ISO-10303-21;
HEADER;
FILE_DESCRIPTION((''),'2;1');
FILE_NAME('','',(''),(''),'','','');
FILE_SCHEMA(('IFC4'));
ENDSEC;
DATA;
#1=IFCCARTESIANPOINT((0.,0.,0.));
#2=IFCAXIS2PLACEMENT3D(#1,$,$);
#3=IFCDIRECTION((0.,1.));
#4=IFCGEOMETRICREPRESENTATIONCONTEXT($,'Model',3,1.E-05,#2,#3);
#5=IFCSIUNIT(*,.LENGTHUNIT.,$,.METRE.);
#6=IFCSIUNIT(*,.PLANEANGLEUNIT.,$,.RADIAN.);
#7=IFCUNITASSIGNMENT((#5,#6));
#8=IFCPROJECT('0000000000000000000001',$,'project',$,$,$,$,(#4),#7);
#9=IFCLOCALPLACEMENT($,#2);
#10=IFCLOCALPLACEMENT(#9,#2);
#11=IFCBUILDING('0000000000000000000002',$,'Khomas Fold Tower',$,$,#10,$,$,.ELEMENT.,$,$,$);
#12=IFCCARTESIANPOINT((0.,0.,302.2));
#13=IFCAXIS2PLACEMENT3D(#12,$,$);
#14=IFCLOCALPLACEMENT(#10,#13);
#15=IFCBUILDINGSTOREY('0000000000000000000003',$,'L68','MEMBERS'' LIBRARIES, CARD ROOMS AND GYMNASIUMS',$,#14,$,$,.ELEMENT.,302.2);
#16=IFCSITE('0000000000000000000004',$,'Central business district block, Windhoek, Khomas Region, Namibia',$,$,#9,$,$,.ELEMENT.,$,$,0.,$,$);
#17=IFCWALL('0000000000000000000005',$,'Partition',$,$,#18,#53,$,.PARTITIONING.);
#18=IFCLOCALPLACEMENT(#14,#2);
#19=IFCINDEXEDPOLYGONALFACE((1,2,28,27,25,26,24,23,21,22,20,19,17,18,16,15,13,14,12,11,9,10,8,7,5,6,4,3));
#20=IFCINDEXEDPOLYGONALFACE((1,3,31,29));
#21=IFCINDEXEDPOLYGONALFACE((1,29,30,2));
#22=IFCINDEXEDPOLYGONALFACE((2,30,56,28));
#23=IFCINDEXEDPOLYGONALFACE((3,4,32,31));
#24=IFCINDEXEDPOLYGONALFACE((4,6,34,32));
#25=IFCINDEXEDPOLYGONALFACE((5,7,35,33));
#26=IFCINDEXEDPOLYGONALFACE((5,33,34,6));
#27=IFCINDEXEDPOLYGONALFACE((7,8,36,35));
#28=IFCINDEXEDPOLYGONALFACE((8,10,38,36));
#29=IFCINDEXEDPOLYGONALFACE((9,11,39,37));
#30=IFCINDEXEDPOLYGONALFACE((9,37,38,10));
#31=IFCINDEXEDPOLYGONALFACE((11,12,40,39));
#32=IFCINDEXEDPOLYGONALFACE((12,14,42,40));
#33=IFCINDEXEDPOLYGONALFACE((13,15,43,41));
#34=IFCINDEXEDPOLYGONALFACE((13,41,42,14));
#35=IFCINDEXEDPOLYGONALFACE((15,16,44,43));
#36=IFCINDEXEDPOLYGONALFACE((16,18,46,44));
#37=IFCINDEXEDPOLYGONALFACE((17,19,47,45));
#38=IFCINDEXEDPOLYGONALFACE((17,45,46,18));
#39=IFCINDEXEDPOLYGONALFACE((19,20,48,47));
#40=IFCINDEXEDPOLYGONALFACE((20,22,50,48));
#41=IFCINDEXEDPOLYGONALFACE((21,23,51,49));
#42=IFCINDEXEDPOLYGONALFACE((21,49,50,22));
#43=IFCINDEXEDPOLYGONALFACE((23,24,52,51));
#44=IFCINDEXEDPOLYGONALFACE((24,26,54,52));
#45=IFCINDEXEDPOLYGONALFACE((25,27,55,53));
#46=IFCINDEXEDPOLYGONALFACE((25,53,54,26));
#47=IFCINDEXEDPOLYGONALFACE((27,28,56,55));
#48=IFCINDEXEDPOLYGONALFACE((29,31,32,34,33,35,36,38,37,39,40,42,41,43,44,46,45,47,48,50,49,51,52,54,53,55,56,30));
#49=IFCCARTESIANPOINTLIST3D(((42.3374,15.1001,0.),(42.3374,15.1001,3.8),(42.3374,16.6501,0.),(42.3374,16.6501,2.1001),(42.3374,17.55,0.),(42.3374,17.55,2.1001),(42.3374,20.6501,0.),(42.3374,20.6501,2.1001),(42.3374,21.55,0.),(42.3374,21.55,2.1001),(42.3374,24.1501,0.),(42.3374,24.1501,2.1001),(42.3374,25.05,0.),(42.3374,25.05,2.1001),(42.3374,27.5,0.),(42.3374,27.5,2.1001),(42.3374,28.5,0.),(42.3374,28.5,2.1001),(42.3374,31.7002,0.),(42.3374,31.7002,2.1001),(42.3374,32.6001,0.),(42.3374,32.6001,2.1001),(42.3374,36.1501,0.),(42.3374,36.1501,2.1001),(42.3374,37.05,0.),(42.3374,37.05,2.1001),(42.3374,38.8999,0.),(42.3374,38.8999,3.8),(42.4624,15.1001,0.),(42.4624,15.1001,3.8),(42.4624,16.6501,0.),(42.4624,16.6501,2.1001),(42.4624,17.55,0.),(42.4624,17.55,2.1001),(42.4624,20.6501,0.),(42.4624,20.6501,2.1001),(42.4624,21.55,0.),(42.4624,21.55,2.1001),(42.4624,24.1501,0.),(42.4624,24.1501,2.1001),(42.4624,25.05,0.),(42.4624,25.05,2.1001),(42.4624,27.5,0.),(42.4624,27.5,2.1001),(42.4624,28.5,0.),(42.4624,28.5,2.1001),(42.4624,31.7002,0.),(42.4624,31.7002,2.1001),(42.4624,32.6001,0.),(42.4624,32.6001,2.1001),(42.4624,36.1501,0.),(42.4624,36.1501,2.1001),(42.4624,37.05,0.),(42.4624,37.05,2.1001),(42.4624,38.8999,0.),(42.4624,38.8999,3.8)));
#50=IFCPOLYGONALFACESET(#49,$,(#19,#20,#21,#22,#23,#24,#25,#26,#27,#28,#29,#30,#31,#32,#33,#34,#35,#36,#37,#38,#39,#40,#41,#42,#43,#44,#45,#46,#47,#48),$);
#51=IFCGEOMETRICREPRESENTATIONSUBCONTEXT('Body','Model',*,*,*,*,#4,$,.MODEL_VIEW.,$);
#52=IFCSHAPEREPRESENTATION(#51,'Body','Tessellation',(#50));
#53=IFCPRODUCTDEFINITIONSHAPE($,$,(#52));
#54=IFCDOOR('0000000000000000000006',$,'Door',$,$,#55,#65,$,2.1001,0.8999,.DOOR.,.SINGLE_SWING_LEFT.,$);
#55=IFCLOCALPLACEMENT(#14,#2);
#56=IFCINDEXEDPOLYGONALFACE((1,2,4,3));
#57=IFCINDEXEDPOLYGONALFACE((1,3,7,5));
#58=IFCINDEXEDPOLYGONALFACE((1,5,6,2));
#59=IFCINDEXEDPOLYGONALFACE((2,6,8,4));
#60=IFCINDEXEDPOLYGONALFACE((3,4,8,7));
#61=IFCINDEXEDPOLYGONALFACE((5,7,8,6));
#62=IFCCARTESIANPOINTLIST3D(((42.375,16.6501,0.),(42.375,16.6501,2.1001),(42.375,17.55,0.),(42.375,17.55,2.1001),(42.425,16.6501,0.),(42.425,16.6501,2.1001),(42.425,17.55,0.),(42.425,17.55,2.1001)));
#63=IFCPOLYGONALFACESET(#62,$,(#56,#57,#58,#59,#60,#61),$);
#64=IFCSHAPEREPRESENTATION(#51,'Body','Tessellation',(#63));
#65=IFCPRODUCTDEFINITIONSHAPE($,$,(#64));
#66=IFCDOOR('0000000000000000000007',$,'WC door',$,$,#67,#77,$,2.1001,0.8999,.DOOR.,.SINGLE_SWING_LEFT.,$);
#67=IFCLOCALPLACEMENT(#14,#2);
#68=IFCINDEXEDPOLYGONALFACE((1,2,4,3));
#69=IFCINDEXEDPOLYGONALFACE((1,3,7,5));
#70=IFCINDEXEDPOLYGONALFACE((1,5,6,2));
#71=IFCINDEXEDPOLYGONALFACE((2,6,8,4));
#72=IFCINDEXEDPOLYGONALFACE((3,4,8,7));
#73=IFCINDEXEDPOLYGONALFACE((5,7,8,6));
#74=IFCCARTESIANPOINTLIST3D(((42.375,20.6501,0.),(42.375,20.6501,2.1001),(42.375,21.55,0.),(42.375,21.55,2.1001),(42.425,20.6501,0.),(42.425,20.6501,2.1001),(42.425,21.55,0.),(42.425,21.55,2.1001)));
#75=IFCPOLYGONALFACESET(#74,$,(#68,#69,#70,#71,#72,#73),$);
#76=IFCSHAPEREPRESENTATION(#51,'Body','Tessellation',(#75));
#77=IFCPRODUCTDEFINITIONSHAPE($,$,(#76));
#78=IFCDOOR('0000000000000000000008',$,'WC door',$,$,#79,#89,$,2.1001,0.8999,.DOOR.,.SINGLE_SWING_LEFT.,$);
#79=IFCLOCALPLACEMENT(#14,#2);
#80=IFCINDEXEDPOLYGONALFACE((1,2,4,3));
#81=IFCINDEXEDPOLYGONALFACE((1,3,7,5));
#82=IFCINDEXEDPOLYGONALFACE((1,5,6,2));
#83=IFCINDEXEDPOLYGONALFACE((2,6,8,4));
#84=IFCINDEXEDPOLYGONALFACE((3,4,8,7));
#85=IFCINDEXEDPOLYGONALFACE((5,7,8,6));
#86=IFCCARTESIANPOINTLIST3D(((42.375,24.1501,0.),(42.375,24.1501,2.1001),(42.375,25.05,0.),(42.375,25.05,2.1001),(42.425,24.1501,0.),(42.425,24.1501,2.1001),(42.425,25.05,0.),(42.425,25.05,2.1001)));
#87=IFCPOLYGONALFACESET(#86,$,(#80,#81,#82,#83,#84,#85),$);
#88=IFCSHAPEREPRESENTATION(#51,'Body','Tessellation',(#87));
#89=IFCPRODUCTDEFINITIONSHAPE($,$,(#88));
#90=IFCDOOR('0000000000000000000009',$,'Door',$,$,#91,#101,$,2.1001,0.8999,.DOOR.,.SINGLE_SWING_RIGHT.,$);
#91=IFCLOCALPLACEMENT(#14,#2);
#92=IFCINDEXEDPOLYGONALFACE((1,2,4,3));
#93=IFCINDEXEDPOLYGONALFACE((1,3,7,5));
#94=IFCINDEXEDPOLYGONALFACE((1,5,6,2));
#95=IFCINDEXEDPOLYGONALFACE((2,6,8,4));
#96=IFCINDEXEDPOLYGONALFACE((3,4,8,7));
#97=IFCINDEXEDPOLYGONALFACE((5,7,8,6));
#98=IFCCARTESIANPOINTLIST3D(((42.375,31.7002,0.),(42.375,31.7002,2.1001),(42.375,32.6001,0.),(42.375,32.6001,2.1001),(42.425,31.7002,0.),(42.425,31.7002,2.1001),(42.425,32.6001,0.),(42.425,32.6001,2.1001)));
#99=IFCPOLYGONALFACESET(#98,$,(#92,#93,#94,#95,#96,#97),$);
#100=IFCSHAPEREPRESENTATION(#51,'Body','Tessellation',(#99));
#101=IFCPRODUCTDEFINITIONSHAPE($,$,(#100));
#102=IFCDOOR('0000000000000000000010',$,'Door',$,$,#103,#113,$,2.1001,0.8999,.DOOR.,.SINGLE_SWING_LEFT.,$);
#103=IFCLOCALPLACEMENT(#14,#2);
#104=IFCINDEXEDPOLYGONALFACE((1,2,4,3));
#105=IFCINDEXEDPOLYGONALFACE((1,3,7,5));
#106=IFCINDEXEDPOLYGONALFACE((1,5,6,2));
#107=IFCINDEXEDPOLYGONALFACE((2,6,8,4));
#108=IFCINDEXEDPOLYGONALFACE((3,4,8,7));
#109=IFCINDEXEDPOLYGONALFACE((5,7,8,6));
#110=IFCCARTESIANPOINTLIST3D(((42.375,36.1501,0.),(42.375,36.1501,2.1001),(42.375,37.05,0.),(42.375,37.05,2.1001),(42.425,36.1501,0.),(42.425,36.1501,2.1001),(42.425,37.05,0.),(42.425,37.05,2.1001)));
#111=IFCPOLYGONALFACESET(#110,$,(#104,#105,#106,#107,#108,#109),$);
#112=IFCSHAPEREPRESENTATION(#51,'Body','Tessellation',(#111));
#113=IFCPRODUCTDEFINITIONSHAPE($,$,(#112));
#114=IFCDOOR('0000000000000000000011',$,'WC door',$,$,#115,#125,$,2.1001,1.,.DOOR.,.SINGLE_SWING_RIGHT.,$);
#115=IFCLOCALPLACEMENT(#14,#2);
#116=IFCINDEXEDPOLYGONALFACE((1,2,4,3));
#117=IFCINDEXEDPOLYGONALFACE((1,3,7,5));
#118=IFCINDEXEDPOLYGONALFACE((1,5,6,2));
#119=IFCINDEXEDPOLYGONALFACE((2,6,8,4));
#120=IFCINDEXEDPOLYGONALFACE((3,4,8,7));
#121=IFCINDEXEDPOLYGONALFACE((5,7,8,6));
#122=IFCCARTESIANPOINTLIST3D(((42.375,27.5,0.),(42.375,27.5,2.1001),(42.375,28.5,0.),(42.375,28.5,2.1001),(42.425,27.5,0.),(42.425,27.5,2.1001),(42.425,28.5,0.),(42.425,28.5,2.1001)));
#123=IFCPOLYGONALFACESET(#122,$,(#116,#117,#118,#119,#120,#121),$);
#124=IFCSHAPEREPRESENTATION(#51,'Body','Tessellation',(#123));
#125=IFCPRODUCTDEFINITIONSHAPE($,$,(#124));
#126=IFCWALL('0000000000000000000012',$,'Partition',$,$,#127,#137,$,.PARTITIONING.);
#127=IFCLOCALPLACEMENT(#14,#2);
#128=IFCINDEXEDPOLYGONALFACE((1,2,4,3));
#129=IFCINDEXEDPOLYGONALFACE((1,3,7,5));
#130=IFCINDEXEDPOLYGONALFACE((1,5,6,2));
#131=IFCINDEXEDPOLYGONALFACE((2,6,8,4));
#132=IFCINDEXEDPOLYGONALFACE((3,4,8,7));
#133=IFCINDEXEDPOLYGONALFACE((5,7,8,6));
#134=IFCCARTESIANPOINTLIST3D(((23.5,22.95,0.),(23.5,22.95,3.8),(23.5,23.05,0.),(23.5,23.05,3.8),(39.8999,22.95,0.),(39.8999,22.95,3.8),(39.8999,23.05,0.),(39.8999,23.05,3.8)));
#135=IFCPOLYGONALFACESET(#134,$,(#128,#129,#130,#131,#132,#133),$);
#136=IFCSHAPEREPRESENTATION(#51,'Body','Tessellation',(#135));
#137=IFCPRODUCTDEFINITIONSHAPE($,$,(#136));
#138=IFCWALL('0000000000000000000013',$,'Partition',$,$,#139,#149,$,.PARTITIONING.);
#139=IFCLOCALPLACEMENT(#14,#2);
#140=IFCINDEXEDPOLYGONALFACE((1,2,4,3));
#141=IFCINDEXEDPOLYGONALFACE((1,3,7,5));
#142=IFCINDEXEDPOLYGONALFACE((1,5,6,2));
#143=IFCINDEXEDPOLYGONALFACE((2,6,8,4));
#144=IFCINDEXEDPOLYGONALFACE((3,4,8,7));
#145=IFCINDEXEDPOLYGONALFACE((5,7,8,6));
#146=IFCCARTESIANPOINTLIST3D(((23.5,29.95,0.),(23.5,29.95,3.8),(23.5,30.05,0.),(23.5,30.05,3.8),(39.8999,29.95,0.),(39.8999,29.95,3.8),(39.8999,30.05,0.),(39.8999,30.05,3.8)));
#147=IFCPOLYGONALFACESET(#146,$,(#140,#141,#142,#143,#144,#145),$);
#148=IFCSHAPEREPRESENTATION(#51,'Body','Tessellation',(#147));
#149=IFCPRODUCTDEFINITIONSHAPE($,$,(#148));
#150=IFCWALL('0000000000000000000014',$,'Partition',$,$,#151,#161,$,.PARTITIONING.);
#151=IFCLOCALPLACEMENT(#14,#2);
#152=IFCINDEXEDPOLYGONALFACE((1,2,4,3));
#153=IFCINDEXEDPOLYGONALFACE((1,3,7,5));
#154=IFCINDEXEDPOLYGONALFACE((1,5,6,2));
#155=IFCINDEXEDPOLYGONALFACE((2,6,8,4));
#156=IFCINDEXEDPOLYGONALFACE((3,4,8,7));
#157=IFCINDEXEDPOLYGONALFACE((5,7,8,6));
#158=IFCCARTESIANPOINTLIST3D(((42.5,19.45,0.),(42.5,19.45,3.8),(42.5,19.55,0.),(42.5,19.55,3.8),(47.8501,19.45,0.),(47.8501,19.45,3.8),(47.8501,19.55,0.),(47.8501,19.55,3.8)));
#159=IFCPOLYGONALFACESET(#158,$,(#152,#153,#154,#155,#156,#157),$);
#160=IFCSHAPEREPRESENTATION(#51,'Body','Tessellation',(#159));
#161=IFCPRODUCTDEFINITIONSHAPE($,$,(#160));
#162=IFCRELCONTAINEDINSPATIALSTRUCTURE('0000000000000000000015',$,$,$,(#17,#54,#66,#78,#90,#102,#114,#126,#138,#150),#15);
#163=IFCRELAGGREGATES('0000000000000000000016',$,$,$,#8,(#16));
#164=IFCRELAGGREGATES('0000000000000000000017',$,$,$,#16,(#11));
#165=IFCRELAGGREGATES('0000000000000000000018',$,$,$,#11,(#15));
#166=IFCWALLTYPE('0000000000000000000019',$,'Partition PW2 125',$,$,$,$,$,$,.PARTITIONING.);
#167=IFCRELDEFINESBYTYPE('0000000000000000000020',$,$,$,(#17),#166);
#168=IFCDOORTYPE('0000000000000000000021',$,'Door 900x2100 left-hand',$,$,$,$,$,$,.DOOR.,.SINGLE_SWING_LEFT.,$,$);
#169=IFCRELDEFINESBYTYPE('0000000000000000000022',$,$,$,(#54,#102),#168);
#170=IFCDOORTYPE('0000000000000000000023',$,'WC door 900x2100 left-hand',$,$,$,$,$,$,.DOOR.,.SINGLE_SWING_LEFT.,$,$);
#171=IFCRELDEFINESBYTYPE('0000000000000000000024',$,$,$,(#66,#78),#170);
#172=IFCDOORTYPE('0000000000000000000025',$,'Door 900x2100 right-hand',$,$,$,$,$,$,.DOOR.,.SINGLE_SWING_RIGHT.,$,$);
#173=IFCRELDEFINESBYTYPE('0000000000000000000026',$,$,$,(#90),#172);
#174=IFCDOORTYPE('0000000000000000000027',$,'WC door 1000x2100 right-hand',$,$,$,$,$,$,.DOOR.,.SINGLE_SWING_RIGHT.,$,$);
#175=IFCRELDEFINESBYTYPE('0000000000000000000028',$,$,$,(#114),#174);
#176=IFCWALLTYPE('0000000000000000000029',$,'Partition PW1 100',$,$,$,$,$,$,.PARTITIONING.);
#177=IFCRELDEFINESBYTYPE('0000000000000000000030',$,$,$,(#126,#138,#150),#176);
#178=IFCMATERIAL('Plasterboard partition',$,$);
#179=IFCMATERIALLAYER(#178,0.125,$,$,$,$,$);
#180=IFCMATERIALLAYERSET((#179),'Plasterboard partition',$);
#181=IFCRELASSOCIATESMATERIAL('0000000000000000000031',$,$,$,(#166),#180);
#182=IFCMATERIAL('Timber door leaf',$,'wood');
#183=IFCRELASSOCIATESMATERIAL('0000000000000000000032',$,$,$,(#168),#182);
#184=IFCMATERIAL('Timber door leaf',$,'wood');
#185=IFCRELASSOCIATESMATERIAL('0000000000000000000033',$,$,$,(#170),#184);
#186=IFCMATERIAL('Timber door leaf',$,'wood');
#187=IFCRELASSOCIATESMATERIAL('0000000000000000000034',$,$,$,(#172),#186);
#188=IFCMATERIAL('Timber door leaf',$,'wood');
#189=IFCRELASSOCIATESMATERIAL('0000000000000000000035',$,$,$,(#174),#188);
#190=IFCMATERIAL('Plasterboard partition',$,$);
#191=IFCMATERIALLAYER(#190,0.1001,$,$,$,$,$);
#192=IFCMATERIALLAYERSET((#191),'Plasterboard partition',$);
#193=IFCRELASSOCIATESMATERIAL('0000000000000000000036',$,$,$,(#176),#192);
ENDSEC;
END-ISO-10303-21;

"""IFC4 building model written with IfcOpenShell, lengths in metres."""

from ifc_helpers import new_model, si_unit, direction, frame, frame_2d, origin, place, context, subcontext, project, spatial, rectangle, extrude, source, transform, mapped, material, layer, layer_set, type_object, element, fill, save


model = new_model("IFC4")

# Units and contexts
model_context = context("Model", 3, precision=1e-05, world=origin(), true_north=direction((0.0, 1.0)))
body_context = subcontext(model_context, "Body", "Model", "MODEL_VIEW")
ifc_project = project(units=[si_unit("LENGTHUNIT", "METRE"), si_unit("PLANEANGLEUNIT", "RADIAN")], contexts=[model_context])

# Site, building, storey
site_placement = place(None, origin())
site = spatial("IfcSite", under=ifc_project, at=site_placement, Name="Central business district block, Windhoek, Khomas Region, Namibia", CompositionType="ELEMENT", RefElevation=0.0)
building_placement = place(site_placement, origin())
building = spatial("IfcBuilding", under=site, at=building_placement, Name="Khomas Fold Tower", CompositionType="ELEMENT")
storey_placement = place(building_placement, frame((0.0, 0.0, 302.2)))
storey = spatial("IfcBuildingStorey", under=building, at=storey_placement, Name="L68", Description="MEMBERS' LIBRARIES, CARD ROOMS AND GYMNASIUMS", CompositionType="ELEMENT", Elevation=302.2)

# Shared definitions
ifc_material_1 = material(Name="Plasterboard partition")
ifc_layer_1 = layer(ifc_material_1, 0.125)
ifc_layer_set_1 = layer_set([ifc_layer_1], Name="Plasterboard partition")
wall_type_1 = type_object("IfcWallType", Name="Partition PW2 125", PredefinedType="PARTITIONING", material=ifc_layer_set_1)
shared_shape_1 = source(origin(), body_context, "Body", "SweptSolid", [
    extrude(rectangle(XDim=0.8999, YDim=2.1001, at=frame_2d((0.45, 1.05))), frame((0.0, 0.0725, 0.0), z_axis=(0.0, -1.0, 0.0), x_axis=(1.0, 0.0, 0.0)), (0.0, 0.0, 1.0), 0.145),
])
ifc_material_2 = material(Name="Timber door leaf", Category="wood")
door_type_1 = type_object("IfcDoorType", Name="Door 900x2100 left-hand", OperationType="SINGLE_SWING_LEFT", PredefinedType="DOOR", material=ifc_material_2)
shared_shape_2 = source(origin(), body_context, "Body", "SweptSolid", [
    extrude(rectangle(XDim=0.8999, YDim=2.1001, at=frame_2d((0.45, 1.05))), frame((0.0, 0.0249, 0.0), z_axis=(0.0, -1.0, 0.0), x_axis=(1.0, 0.0, 0.0)), (0.0, 0.0, 1.0), 0.05),
])

# Wall, openings, doors
shared_shape_3 = source(origin(), body_context, "Body", "SweptSolid", [
    extrude(rectangle(XDim=23.7998, YDim=0.125, at=frame_2d((11.8999, 0.0))), origin(), (0.0, 0.0, 1.0), 3.8),
])
wall_1_placement = place(storey_placement, frame((42.3999, 15.1001, 0.0), z_axis=(0.0, 0.0, 1.0), x_axis=(0.0, 1.0, 0.0)))
wall_1 = element("IfcWall", 1, at=wall_1_placement, inside=storey, type_object=wall_type_1, Name="Partition", PredefinedType="PARTITIONING", context=body_context, shape_type="MappedRepresentation", body=[
    mapped(shared_shape_3, transform((0.0, 0.0, 0.0))),
])
opening_1_placement = place(wall_1_placement, frame((1.55, 0.0, 0.0)))
opening_1 = element("IfcOpeningElement", 2, at=opening_1_placement, cuts=wall_1, PredefinedType="OPENING", context=body_context, shape_type="MappedRepresentation", body=[
    mapped(shared_shape_1, transform((0.0, 0.0, 0.0))),
])
opening_2_placement = place(wall_1_placement, frame((5.55, 0.0, 0.0)))
opening_2 = element("IfcOpeningElement", 3, at=opening_2_placement, cuts=wall_1, PredefinedType="OPENING", context=body_context, shape_type="MappedRepresentation", body=[
    mapped(shared_shape_1, transform((0.0, 0.0, 0.0))),
])
opening_3_placement = place(wall_1_placement, frame((9.05, 0.0, 0.0)))
opening_3 = element("IfcOpeningElement", 4, at=opening_3_placement, cuts=wall_1, PredefinedType="OPENING", context=body_context, shape_type="MappedRepresentation", body=[
    mapped(shared_shape_1, transform((0.0, 0.0, 0.0))),
])
shared_shape_4 = source(origin(), body_context, "Body", "SweptSolid", [
    extrude(rectangle(XDim=1.0, YDim=2.1001, at=frame_2d((0.5, 1.05))), frame((0.0, 0.0725, 0.0), z_axis=(0.0, -1.0, 0.0), x_axis=(1.0, 0.0, 0.0)), (0.0, 0.0, 1.0), 0.145),
])
opening_4_placement = place(wall_1_placement, frame((12.3999, 0.0, 0.0)))
opening_4 = element("IfcOpeningElement", 5, at=opening_4_placement, cuts=wall_1, PredefinedType="OPENING", context=body_context, shape_type="MappedRepresentation", body=[
    mapped(shared_shape_4, transform((0.0, 0.0, 0.0))),
])
opening_5_placement = place(wall_1_placement, frame((16.6001, 0.0, 0.0)))
opening_5 = element("IfcOpeningElement", 6, at=opening_5_placement, cuts=wall_1, PredefinedType="OPENING", context=body_context, shape_type="MappedRepresentation", body=[
    mapped(shared_shape_1, transform((0.0, 0.0, 0.0))),
])
opening_6_placement = place(wall_1_placement, frame((21.05, 0.0, 0.0)))
opening_6 = element("IfcOpeningElement", 7, at=opening_6_placement, cuts=wall_1, PredefinedType="OPENING", context=body_context, shape_type="MappedRepresentation", body=[
    mapped(shared_shape_1, transform((0.0, 0.0, 0.0))),
])
door_1_placement = place(opening_1_placement, origin())
door_1 = element("IfcDoor", 8, at=door_1_placement, inside=storey, type_object=door_type_1, Name="Door", OperationType="SINGLE_SWING_LEFT", OverallHeight=2.1001, OverallWidth=0.8999, PredefinedType="DOOR", context=body_context, shape_type="MappedRepresentation", body=[
    mapped(shared_shape_2, transform((0.0, 0.0, 0.0))),
])
fill(opening_1, door_1)
ifc_material_3 = material(Name="Timber door leaf", Category="wood")
door_type_2 = type_object("IfcDoorType", Name="WC door 900x2100 left-hand", OperationType="SINGLE_SWING_LEFT", PredefinedType="DOOR", material=ifc_material_3)
door_2_placement = place(opening_2_placement, origin())
door_2 = element("IfcDoor", 9, at=door_2_placement, inside=storey, type_object=door_type_2, Name="WC door", OperationType="SINGLE_SWING_LEFT", OverallHeight=2.1001, OverallWidth=0.8999, PredefinedType="DOOR", context=body_context, shape_type="MappedRepresentation", body=[
    mapped(shared_shape_2, transform((0.0, 0.0, 0.0))),
])
fill(opening_2, door_2)
door_3_placement = place(opening_3_placement, origin())
door_3 = element("IfcDoor", 10, at=door_3_placement, inside=storey, type_object=door_type_2, Name="WC door", OperationType="SINGLE_SWING_LEFT", OverallHeight=2.1001, OverallWidth=0.8999, PredefinedType="DOOR", context=body_context, shape_type="MappedRepresentation", body=[
    mapped(shared_shape_2, transform((0.0, 0.0, 0.0))),
])
fill(opening_3, door_3)
ifc_material_4 = material(Name="Timber door leaf", Category="wood")
door_type_3 = type_object("IfcDoorType", Name="Door 900x2100 right-hand", OperationType="SINGLE_SWING_RIGHT", PredefinedType="DOOR", material=ifc_material_4)
door_4_placement = place(opening_5_placement, origin())
door_4 = element("IfcDoor", 11, at=door_4_placement, inside=storey, type_object=door_type_3, Name="Door", OperationType="SINGLE_SWING_RIGHT", OverallHeight=2.1001, OverallWidth=0.8999, PredefinedType="DOOR", context=body_context, shape_type="MappedRepresentation", body=[
    mapped(shared_shape_2, transform((0.0, 0.0, 0.0))),
])
fill(opening_5, door_4)
door_5_placement = place(opening_6_placement, origin())
door_5 = element("IfcDoor", 12, at=door_5_placement, inside=storey, type_object=door_type_1, Name="Door", OperationType="SINGLE_SWING_LEFT", OverallHeight=2.1001, OverallWidth=0.8999, PredefinedType="DOOR", context=body_context, shape_type="MappedRepresentation", body=[
    mapped(shared_shape_2, transform((0.0, 0.0, 0.0))),
])
fill(opening_6, door_5)
ifc_material_5 = material(Name="Timber door leaf", Category="wood")
door_type_4 = type_object("IfcDoorType", Name="WC door 1000x2100 right-hand", OperationType="SINGLE_SWING_RIGHT", PredefinedType="DOOR", material=ifc_material_5)
shared_shape_5 = source(origin(), body_context, "Body", "SweptSolid", [
    extrude(rectangle(XDim=1.0, YDim=2.1001, at=frame_2d((0.5, 1.05))), frame((0.0, 0.0249, 0.0), z_axis=(0.0, -1.0, 0.0), x_axis=(1.0, 0.0, 0.0)), (0.0, 0.0, 1.0), 0.05),
])
door_6_placement = place(opening_4_placement, origin())
door_6 = element("IfcDoor", 13, at=door_6_placement, inside=storey, type_object=door_type_4, Name="WC door", OperationType="SINGLE_SWING_RIGHT", OverallHeight=2.1001, OverallWidth=1.0, PredefinedType="DOOR", context=body_context, shape_type="MappedRepresentation", body=[
    mapped(shared_shape_5, transform((0.0, 0.0, 0.0))),
])
fill(opening_4, door_6)

# Walls
ifc_material_6 = material(Name="Plasterboard partition")
ifc_layer_2 = layer(ifc_material_6, 0.1001)
ifc_layer_set_2 = layer_set([ifc_layer_2], Name="Plasterboard partition")
wall_type_2 = type_object("IfcWallType", Name="Partition PW1 100", PredefinedType="PARTITIONING", material=ifc_layer_set_2)
shared_shape_6 = source(origin(), body_context, "Body", "SweptSolid", [
    extrude(rectangle(XDim=16.3999, YDim=0.1001, at=frame_2d((8.2, 0.0))), origin(), (0.0, 0.0, 1.0), 3.8),
])
for number, where, z_axis, x_axis, name in (
    (14, (23.5, 23.0, 0.0), (0.0, 0.0, 1.0), (1.0, 0.0, 0.0), "Partition"),
    (15, (23.5, 30.0, 0.0), (0.0, 0.0, 1.0), (1.0, 0.0, 0.0), "Partition"),
):
    element("IfcWall", number, at=place(storey_placement, frame(where, z_axis=z_axis, x_axis=x_axis)), inside=storey, type_object=wall_type_2, Name=name, PredefinedType="PARTITIONING", context=body_context, shape_type="MappedRepresentation", body=[
        mapped(shared_shape_6, transform((0.0, 0.0, 0.0))),
    ])
shared_shape_7 = source(origin(), body_context, "Body", "SweptSolid", [
    extrude(rectangle(XDim=5.3501, YDim=0.1001, at=frame_2d((2.675, 0.0))), origin(), (0.0, 0.0, 1.0), 3.8),
])
wall_2_placement = place(storey_placement, frame((42.5, 19.5, 0.0), z_axis=(0.0, 0.0, 1.0), x_axis=(1.0, 0.0, 0.0)))
element("IfcWall", 16, at=wall_2_placement, inside=storey, type_object=wall_type_2, Name="Partition", PredefinedType="PARTITIONING", context=body_context, shape_type="MappedRepresentation", body=[
    mapped(shared_shape_7, transform((0.0, 0.0, 0.0))),
])

save(model, "model.ifc")
